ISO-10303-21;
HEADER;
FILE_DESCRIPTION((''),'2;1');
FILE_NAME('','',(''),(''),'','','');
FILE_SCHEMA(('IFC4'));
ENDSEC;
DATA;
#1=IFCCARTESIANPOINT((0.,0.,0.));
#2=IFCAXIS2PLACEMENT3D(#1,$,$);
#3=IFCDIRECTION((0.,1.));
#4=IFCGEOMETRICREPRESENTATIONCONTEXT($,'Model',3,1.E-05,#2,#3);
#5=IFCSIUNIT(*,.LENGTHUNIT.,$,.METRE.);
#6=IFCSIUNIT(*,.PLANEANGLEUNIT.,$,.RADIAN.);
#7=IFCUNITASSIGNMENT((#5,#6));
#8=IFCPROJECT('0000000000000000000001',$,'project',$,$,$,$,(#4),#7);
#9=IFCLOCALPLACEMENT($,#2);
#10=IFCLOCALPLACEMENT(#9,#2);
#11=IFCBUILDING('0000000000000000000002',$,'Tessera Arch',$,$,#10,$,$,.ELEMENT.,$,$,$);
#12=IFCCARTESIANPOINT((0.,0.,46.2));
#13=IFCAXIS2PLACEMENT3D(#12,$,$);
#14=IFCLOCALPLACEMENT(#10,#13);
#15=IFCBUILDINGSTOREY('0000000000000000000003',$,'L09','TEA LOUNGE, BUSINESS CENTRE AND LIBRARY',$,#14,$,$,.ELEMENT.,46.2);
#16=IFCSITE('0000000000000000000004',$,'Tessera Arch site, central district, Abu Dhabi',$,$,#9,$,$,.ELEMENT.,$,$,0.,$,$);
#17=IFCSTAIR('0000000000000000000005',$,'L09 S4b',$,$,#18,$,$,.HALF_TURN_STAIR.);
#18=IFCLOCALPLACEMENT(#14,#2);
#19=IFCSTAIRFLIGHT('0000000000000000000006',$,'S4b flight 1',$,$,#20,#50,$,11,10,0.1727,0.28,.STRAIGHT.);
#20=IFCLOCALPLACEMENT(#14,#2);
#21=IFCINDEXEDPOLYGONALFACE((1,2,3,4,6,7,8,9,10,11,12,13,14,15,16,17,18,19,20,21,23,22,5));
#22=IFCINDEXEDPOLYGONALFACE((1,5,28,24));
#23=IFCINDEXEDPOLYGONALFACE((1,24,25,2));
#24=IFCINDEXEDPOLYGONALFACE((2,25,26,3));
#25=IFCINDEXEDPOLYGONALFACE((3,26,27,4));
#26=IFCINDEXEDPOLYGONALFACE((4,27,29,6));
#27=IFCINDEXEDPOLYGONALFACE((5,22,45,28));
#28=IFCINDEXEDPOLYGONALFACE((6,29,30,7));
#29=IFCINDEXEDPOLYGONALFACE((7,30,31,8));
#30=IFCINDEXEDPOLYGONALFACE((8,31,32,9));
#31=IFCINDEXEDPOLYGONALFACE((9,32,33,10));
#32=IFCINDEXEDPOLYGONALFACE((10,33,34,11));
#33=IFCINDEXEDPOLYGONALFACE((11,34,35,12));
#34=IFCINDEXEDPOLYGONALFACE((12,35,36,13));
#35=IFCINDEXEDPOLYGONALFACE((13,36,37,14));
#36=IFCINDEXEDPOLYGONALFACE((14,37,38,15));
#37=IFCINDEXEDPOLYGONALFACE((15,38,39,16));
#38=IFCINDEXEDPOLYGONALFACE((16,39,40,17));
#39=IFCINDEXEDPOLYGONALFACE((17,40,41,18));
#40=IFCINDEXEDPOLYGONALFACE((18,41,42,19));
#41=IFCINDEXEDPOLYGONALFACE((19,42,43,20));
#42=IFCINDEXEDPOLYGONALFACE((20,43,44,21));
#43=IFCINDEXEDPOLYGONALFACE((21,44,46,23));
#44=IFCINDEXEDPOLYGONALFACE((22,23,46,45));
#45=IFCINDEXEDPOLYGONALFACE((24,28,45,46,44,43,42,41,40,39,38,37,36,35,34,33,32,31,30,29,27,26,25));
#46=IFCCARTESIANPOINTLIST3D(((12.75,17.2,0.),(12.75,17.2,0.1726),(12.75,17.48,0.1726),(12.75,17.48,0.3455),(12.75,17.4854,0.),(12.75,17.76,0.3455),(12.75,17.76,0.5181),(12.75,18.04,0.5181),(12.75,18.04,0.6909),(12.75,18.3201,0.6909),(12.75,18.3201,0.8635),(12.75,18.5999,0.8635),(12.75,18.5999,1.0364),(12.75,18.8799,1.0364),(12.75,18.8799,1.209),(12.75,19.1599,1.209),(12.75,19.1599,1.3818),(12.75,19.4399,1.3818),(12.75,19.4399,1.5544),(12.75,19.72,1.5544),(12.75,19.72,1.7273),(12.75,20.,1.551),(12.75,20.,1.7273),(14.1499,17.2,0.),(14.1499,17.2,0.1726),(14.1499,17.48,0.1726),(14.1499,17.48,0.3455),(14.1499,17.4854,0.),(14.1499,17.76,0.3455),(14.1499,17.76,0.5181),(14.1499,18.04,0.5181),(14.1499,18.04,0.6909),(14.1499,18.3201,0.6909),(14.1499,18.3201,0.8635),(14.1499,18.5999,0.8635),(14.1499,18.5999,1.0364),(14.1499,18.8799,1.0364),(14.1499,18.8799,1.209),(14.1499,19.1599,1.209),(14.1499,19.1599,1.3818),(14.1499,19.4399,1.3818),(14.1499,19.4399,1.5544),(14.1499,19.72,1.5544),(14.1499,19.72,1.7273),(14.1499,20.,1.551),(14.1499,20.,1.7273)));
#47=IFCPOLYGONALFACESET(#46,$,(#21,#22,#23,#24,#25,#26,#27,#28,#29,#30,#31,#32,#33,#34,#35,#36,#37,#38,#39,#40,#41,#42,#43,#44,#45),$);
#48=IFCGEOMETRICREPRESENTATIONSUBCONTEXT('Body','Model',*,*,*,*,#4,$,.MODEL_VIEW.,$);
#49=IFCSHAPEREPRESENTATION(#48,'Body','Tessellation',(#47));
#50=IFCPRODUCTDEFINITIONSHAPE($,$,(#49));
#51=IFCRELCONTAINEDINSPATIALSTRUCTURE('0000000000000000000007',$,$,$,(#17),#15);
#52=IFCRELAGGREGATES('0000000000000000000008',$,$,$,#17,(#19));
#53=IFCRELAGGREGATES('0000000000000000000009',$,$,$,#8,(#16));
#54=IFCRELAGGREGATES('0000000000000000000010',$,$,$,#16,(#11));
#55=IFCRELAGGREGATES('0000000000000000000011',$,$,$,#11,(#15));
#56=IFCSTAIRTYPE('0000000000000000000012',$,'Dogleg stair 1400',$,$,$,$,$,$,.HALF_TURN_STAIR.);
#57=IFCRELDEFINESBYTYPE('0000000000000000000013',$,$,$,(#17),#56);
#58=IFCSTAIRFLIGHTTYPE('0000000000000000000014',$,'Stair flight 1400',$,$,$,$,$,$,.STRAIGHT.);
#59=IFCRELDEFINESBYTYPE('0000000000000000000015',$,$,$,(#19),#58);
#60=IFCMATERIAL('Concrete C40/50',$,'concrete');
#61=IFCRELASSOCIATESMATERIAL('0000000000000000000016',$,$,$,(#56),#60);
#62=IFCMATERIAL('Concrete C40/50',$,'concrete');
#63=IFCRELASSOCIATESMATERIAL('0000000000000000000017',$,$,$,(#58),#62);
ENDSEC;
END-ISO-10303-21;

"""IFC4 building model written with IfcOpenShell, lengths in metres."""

from ifc_helpers import new_model, si_unit, direction, frame, origin, place, context, subcontext, project, spatial, polyline, outline, extrude, material, type_object, element, aggregate, save


model = new_model("IFC4")

# Units and contexts
model_context = context("Model", 3, precision=1e-05, world=origin(), true_north=direction((0.0, 1.0)))
body_context = subcontext(model_context, "Body", "Model", "MODEL_VIEW")
ifc_project = project(units=[si_unit("LENGTHUNIT", "METRE"), si_unit("PLANEANGLEUNIT", "RADIAN")], contexts=[model_context])

# Site, building, storey
site_placement = place(None, origin())
site = spatial("IfcSite", under=ifc_project, at=site_placement, Name="Tessera Arch site, central district, Abu Dhabi", CompositionType="ELEMENT", RefElevation=0.0)
building_placement = place(site_placement, origin())
building = spatial("IfcBuilding", under=site, at=building_placement, Name="Tessera Arch", CompositionType="ELEMENT")
storey_placement = place(building_placement, frame((0.0, 0.0, 46.2)))
storey = spatial("IfcBuildingStorey", under=building, at=storey_placement, Name="L09", Description="TEA LOUNGE, BUSINESS CENTRE AND LIBRARY", CompositionType="ELEMENT", Elevation=46.2)

# Stair, stair flight
ifc_material_1 = material(Name="Concrete C40/50", Category="concrete")
stair_type = type_object("IfcStairType", Name="Dogleg stair 1400", PredefinedType="HALF_TURN_STAIR", material=ifc_material_1)
ifc_material_2 = material(Name="Concrete C40/50", Category="concrete")
stair_flight_type = type_object("IfcStairFlightType", Name="Stair flight 1400", PredefinedType="STRAIGHT", material=ifc_material_2)
stair_1_placement = place(storey_placement, origin())
stair_1 = element("IfcStair", 1, at=stair_1_placement, inside=storey, type_object=stair_type, Name="L09 S4b", PredefinedType="HALF_TURN_STAIR")
stair_flight_1_placement = place(storey_placement, frame((13.45, 17.2, 0.0), z_axis=(0.0, 0.0, 1.0), x_axis=(0.0, 1.0, 0.0)))
stair_flight_1 = element("IfcStairFlight", 2, at=stair_flight_1_placement, type_object=stair_flight_type, Name="S4b flight 1", NumberOfRisers=11, NumberOfTreads=10, PredefinedType="STRAIGHT", RiserHeight=0.1727, TreadLength=0.28, context=body_context, shape_type="SweptSolid", body=[
    extrude(outline(polyline([(0.0, 0.0), (0.0, 0.1726), (0.28, 0.1726), (0.28, 0.3455), (0.5601, 0.3455), (0.5601, 0.5181), (0.8401, 0.5181), (0.8401, 0.6909), (1.1201, 0.6909), (1.1201, 0.8635), (1.3999, 0.8635), (1.3999, 1.0364), (1.6799, 1.0364), (1.6799, 1.209), (1.96, 1.209), (1.96, 1.3818), (2.24, 1.3818), (2.24, 1.5544), (2.52, 1.5544), (2.52, 1.7273), (2.8, 1.7273), (2.8, 1.8999), (2.8, 1.551), (0.2854, 0.0), (0.0, 0.0)])), frame((0.0, 0.7, 0.0), z_axis=(0.0, -1.0, 0.0), x_axis=(1.0, 0.0, 0.0)), (0.0, 0.0, 1.0), 1.3999),
])
aggregate(stair_1, [stair_flight_1])

save(model, "model.ifc")
